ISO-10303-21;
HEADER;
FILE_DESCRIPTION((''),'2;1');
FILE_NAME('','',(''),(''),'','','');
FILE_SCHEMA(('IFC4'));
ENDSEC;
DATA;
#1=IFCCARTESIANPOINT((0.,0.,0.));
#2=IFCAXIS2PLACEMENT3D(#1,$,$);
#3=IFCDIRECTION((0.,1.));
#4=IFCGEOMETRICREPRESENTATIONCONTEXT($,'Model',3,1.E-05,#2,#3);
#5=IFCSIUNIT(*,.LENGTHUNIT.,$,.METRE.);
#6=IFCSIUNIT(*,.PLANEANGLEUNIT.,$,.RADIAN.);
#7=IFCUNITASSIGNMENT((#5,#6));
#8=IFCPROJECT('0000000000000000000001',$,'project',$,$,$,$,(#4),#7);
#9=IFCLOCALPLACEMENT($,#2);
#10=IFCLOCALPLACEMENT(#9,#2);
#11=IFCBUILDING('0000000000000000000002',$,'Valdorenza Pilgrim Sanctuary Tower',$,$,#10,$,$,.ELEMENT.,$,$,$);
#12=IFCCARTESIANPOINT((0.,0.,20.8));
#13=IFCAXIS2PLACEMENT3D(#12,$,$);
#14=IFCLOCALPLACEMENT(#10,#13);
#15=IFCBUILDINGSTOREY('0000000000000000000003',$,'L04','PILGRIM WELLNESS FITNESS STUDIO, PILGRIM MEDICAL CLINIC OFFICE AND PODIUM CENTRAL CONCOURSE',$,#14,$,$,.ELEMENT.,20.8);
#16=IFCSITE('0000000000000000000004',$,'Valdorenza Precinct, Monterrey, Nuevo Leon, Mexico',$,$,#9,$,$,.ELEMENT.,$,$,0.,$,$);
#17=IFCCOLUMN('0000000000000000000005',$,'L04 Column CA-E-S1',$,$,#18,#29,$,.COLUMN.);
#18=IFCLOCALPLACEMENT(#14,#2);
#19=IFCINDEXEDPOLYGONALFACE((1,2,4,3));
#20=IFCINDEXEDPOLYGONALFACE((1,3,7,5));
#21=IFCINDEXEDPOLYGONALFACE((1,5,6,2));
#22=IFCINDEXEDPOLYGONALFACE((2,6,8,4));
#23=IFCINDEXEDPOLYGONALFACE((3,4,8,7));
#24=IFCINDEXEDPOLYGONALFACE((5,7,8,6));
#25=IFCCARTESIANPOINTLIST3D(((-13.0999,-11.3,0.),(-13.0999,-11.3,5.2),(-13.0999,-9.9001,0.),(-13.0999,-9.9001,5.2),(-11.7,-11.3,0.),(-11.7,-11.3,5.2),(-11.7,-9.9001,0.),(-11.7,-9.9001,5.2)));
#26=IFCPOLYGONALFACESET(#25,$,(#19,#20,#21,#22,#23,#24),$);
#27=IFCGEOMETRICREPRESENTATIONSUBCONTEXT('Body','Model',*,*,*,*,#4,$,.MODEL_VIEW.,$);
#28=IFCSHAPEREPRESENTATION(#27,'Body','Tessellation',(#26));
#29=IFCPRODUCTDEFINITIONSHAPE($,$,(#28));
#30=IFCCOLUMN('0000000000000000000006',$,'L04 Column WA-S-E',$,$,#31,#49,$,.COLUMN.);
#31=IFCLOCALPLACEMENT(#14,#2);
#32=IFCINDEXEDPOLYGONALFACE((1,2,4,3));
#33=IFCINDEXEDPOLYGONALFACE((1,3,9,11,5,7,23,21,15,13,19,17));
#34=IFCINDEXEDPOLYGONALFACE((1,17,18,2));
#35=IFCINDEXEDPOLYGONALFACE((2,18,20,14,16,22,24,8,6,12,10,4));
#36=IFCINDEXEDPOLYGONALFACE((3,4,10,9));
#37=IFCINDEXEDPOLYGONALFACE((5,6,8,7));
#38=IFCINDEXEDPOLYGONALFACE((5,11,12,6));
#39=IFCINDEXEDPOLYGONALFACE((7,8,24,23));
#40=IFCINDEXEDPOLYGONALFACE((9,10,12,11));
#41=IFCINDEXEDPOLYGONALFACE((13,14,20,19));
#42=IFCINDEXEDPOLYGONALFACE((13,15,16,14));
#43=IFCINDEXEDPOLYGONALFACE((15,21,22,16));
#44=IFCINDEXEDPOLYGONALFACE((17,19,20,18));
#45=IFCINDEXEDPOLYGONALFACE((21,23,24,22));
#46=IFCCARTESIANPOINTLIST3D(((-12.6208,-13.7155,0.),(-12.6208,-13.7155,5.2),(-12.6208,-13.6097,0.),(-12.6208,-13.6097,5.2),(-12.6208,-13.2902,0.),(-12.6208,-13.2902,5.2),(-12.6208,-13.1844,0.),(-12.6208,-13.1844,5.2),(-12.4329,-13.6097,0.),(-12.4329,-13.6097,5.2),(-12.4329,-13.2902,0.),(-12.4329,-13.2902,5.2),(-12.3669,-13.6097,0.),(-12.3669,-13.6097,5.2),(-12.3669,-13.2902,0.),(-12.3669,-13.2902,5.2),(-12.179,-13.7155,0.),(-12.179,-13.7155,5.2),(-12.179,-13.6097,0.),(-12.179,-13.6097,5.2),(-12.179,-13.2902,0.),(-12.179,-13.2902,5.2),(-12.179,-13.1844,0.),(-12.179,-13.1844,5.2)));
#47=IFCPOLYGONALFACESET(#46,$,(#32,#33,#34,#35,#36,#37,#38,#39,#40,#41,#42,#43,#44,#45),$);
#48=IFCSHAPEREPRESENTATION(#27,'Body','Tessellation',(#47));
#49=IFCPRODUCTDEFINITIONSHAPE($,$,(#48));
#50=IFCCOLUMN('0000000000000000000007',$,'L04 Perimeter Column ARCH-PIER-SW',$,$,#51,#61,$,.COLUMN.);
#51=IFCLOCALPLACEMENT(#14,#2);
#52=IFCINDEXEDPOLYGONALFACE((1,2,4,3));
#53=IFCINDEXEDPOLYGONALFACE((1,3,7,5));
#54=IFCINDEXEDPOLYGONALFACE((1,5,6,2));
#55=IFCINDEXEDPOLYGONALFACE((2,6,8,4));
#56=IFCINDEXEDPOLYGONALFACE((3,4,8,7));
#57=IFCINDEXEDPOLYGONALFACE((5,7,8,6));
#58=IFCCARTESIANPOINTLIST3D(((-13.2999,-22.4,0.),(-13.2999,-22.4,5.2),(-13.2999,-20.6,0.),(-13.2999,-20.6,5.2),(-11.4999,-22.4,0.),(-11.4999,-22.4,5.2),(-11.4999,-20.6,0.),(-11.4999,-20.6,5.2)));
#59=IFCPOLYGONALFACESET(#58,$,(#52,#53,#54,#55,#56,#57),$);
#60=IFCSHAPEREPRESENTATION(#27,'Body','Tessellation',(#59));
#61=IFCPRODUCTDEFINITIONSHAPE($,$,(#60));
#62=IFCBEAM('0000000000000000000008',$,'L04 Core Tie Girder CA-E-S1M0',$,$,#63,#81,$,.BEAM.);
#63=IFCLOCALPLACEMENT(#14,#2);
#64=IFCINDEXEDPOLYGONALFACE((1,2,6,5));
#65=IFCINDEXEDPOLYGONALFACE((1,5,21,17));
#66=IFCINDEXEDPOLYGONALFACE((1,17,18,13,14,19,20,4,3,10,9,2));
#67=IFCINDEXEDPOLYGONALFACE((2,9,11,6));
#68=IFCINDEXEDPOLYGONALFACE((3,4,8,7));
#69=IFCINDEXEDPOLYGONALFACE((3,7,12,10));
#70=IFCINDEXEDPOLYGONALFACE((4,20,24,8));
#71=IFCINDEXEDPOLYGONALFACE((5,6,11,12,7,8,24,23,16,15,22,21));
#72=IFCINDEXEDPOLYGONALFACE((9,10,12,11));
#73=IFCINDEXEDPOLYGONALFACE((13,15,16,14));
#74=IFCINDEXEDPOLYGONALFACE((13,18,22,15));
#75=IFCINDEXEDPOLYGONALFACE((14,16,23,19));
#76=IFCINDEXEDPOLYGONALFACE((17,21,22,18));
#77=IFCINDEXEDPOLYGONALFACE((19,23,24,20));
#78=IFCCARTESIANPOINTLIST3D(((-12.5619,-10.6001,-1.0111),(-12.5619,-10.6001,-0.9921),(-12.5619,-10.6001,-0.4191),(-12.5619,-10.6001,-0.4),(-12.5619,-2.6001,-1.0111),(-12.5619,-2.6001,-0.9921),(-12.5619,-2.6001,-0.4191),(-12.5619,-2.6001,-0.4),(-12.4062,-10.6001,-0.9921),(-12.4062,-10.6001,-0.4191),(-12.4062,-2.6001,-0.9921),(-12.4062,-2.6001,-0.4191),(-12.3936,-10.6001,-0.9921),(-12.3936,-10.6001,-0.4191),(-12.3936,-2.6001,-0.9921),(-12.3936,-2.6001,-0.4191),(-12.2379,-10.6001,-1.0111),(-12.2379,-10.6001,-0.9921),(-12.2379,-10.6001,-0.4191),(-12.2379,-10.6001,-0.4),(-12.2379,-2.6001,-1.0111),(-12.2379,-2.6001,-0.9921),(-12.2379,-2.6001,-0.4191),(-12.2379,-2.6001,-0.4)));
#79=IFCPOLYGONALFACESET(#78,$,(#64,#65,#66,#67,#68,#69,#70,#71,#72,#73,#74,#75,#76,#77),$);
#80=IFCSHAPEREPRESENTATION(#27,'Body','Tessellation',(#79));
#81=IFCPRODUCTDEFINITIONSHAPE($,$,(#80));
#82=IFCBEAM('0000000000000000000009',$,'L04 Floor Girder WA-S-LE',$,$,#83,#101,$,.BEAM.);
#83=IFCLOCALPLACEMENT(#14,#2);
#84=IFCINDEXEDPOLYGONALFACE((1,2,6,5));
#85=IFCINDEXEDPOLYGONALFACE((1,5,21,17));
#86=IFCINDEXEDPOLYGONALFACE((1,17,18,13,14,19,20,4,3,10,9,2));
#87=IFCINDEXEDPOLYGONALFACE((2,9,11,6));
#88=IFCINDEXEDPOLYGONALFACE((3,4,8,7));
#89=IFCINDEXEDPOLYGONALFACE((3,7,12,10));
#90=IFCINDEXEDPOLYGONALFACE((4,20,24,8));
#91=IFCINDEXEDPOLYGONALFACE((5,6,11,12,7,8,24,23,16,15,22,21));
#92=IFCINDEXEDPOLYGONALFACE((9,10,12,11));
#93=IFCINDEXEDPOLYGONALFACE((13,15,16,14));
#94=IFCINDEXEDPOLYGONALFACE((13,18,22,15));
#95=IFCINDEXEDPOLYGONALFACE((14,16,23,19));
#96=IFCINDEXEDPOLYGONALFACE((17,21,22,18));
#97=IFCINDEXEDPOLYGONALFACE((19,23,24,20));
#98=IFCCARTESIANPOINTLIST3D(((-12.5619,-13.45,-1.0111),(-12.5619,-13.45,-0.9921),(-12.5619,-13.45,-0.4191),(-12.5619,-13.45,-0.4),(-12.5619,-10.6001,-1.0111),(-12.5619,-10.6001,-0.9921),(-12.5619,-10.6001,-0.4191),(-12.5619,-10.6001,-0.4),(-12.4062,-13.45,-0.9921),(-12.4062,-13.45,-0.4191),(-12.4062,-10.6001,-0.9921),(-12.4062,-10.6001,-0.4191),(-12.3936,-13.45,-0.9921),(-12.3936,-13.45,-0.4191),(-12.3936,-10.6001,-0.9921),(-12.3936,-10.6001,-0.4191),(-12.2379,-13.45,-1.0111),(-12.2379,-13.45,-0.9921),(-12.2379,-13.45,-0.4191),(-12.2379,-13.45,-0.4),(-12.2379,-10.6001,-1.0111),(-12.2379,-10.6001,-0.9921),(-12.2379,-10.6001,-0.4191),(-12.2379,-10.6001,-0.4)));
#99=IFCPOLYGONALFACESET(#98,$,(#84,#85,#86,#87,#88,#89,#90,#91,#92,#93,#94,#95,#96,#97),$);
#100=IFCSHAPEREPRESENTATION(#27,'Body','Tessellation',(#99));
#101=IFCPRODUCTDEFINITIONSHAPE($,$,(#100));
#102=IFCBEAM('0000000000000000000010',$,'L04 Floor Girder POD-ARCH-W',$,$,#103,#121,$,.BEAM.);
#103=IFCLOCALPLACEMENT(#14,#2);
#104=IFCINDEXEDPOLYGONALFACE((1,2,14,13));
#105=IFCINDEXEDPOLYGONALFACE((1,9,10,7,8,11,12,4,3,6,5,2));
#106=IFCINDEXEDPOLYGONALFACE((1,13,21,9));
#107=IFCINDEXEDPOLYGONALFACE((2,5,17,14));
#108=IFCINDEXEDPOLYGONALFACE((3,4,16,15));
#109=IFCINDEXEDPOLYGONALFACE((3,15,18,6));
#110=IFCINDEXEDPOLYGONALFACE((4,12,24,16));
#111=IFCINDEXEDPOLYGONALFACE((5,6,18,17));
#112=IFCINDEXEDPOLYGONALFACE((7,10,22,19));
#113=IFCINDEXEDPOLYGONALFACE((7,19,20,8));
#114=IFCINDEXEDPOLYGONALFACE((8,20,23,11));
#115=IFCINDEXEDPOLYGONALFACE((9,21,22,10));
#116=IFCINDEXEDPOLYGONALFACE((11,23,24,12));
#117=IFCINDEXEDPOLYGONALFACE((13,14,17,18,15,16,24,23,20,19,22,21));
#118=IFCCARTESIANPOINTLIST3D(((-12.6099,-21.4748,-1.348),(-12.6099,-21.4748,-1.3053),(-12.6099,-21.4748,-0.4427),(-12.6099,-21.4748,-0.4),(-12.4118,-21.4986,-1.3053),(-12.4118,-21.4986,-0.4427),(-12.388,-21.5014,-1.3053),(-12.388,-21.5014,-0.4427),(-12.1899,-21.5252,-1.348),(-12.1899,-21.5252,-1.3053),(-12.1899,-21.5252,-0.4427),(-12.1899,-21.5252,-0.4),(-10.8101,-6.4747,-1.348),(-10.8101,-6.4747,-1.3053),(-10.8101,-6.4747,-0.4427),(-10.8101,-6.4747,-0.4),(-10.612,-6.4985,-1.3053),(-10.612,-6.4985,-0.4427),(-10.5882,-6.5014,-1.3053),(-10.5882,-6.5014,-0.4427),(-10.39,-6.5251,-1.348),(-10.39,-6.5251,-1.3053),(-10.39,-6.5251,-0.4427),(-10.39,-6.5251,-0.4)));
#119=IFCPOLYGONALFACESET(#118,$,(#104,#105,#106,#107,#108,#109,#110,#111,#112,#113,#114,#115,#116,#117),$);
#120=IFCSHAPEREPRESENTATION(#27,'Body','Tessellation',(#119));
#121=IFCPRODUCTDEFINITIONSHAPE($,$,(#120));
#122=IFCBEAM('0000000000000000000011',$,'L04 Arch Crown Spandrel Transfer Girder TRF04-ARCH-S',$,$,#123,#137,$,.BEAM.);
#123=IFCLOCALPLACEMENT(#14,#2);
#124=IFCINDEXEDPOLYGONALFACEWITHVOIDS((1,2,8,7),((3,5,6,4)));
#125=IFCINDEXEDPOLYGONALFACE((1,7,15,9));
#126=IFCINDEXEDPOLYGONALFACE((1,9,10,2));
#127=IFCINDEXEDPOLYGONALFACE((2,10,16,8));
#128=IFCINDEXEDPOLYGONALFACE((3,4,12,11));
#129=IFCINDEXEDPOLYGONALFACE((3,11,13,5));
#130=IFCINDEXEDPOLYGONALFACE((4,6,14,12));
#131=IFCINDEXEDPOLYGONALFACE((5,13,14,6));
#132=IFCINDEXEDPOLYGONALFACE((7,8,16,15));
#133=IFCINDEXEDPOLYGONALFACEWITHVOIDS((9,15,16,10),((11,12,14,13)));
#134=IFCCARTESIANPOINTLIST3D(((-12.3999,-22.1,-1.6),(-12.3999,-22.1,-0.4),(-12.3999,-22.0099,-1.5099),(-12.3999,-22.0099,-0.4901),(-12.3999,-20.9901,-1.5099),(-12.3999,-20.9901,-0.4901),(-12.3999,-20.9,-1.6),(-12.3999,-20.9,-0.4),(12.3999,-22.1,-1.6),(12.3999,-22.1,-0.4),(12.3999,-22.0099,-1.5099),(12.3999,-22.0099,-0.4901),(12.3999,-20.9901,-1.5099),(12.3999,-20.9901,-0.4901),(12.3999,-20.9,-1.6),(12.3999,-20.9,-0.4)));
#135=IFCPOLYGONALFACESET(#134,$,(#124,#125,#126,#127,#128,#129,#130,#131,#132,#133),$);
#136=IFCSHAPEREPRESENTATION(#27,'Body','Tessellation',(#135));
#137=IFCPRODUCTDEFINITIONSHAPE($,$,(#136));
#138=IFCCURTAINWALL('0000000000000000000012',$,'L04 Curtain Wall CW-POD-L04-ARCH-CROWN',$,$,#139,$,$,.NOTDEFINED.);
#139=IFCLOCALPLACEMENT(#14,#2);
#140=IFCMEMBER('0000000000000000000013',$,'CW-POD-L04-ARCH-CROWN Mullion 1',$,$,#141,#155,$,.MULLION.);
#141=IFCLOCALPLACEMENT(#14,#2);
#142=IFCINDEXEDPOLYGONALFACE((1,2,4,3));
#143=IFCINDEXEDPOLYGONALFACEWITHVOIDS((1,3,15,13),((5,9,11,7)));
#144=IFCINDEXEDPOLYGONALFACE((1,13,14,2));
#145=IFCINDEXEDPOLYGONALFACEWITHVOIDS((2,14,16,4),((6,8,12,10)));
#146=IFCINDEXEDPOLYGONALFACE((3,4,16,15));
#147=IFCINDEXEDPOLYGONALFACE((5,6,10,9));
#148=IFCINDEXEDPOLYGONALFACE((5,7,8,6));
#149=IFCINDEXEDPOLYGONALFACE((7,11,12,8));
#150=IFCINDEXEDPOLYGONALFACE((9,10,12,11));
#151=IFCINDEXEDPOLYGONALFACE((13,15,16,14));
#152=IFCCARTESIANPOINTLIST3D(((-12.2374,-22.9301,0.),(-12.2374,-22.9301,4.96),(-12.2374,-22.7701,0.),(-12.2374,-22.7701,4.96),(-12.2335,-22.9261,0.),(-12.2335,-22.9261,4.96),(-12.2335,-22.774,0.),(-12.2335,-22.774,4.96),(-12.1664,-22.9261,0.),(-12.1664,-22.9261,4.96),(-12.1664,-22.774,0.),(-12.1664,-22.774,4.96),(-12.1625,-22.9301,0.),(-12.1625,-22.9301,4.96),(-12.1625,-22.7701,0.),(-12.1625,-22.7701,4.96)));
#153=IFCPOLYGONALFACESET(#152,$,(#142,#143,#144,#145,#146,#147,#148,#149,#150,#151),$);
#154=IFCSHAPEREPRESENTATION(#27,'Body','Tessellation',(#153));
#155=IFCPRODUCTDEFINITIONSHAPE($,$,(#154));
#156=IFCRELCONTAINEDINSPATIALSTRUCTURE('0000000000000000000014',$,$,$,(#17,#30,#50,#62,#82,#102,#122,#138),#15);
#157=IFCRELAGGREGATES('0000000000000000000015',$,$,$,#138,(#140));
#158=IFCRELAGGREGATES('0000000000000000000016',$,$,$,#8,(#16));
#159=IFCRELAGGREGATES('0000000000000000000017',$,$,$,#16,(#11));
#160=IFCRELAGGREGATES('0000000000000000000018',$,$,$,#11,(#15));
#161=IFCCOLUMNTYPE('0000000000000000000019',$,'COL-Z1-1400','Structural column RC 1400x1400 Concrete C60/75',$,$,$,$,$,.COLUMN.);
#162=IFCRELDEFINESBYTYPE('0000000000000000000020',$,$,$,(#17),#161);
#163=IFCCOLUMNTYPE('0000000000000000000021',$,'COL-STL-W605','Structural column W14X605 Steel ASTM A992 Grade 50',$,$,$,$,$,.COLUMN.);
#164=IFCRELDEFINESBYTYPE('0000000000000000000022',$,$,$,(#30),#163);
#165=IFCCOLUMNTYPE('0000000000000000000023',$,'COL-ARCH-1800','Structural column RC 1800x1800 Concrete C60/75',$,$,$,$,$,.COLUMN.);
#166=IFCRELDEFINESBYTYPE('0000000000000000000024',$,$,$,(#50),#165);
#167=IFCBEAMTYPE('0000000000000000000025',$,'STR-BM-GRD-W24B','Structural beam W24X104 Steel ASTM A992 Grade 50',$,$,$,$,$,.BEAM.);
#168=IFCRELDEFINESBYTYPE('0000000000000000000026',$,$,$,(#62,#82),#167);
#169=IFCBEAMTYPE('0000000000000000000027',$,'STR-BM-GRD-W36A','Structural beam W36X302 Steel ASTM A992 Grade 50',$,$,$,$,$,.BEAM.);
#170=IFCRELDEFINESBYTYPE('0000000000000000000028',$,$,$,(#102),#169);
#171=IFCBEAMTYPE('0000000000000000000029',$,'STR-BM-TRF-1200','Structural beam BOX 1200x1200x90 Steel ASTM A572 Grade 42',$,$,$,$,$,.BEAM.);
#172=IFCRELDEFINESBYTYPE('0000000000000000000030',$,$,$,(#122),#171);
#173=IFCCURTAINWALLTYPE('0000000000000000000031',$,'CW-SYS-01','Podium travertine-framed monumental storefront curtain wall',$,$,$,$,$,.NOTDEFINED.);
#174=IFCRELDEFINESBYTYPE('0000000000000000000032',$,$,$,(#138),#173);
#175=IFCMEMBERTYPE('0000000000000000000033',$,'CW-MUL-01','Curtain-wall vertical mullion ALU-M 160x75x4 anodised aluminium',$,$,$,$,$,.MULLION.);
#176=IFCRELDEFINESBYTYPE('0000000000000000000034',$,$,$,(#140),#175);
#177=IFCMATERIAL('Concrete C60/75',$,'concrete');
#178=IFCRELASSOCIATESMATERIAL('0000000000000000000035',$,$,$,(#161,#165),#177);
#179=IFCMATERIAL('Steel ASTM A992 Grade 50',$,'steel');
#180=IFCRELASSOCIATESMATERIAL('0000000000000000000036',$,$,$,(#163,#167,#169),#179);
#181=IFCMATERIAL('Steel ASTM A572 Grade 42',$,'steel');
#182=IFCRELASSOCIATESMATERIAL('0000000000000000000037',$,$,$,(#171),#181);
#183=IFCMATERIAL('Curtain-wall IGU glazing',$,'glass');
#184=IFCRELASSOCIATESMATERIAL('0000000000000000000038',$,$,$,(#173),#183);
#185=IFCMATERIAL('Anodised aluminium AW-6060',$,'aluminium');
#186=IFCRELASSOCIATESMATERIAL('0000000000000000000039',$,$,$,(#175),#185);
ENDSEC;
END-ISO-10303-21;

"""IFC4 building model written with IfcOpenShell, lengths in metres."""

from ifc_helpers import new_model, si_unit, direction, frame, origin, origin_2d, place, context, subcontext, project, spatial, rectangle, hollow_rectangle, i_section, extrude, source, transform, mapped, material, material_profile, profile_set, type_object, element, aggregate, save


model = new_model("IFC4")

# Units and contexts
model_context = context("Model", 3, precision=1e-05, world=origin(), true_north=direction((0.0, 1.0)))
body_context = subcontext(model_context, "Body", "Model", "MODEL_VIEW")
ifc_project = project(units=[si_unit("LENGTHUNIT", "METRE"), si_unit("PLANEANGLEUNIT", "RADIAN")], contexts=[model_context])

# Site, building, storey
site_placement = place(None, origin())
site = spatial("IfcSite", under=ifc_project, at=site_placement, Name="Valdorenza Precinct, Monterrey, Nuevo Leon, Mexico", CompositionType="ELEMENT", RefElevation=0.0)
building_placement = place(site_placement, origin())
building = spatial("IfcBuilding", under=site, at=building_placement, Name="Valdorenza Pilgrim Sanctuary Tower", CompositionType="ELEMENT")
storey_placement = place(building_placement, frame((0.0, 0.0, 20.8)))
storey = spatial("IfcBuildingStorey", under=building, at=storey_placement, Name="L04", Description="PILGRIM WELLNESS FITNESS STUDIO, PILGRIM MEDICAL CLINIC OFFICE AND PODIUM CENTRAL CONCOURSE", CompositionType="ELEMENT", Elevation=20.8)

# Columns
ifc_material_1 = material(Name="Concrete C60/75", Category="concrete")
ifc_material_profile_1 = material_profile(ifc_material_1, rectangle(XDim=1.3999, YDim=1.3999, at=origin_2d()), Name="RC 1400x1400")
ifc_profile_set_1 = profile_set([ifc_material_profile_1], Name="Concrete C60/75")
column_type_1 = type_object("IfcColumnType", Name="COL-Z1-1400", Description="Structural column RC 1400x1400 Concrete C60/75", PredefinedType="COLUMN", material=ifc_profile_set_1)
shared_shape_1 = source(origin(), body_context, "Body", "SweptSolid", [
    extrude(rectangle(XDim=1.3999, YDim=1.3999, at=origin_2d()), origin(), (0.0, 0.0, 1.0), 5.2),
])
column_1_placement = place(storey_placement, frame((-12.3999, -10.6001, 0.0), z_axis=(0.0, 0.0, 1.0), x_axis=(1.0, 0.0, 0.0)))
element("IfcColumn", 1, at=column_1_placement, inside=storey, type_object=column_type_1, Name="L04 Column CA-E-S1", PredefinedType="COLUMN", context=body_context, shape_type="MappedRepresentation", body=[
    mapped(shared_shape_1, transform((0.0, 0.0, 0.0), x_axis=(1.0, 0.0, 0.0), y_axis=(0.0, 1.0, 0.0), z_axis=(0.0, 0.0, 1.0), scale=1.0)),
])
ifc_material_2 = material(Name="Steel ASTM A992 Grade 50", Category="steel")
ifc_material_profile_2 = material_profile(ifc_material_2, i_section(OverallWidth=0.4419, OverallDepth=0.531, WebThickness=0.0659, FlangeThickness=0.1057, at=origin_2d()), Name="W14X605")
ifc_profile_set_2 = profile_set([ifc_material_profile_2], Name="Steel ASTM A992 Grade 50")
column_type_2 = type_object("IfcColumnType", Name="COL-STL-W605", Description="Structural column W14X605 Steel ASTM A992 Grade 50", PredefinedType="COLUMN", material=ifc_profile_set_2)
shared_shape_2 = source(origin(), body_context, "Body", "SweptSolid", [
    extrude(i_section(OverallWidth=0.4419, OverallDepth=0.531, WebThickness=0.0659, FlangeThickness=0.1057, at=origin_2d()), origin(), (0.0, 0.0, 1.0), 5.2),
])
column_2_placement = place(storey_placement, frame((-12.3999, -13.45, 0.0), z_axis=(0.0, 0.0, 1.0), x_axis=(1.0, 0.0, 0.0)))
element("IfcColumn", 2, at=column_2_placement, inside=storey, type_object=column_type_2, Name="L04 Column WA-S-E", PredefinedType="COLUMN", context=body_context, shape_type="MappedRepresentation", body=[
    mapped(shared_shape_2, transform((0.0, 0.0, 0.0), x_axis=(1.0, 0.0, 0.0), y_axis=(0.0, 1.0, 0.0), z_axis=(0.0, 0.0, 1.0), scale=1.0)),
])
ifc_material_profile_3 = material_profile(ifc_material_1, rectangle(XDim=1.8, YDim=1.8, at=origin_2d()), Name="RC 1800x1800")
ifc_profile_set_3 = profile_set([ifc_material_profile_3], Name="Concrete C60/75")
column_type_3 = type_object("IfcColumnType", Name="COL-ARCH-1800", Description="Structural column RC 1800x1800 Concrete C60/75", PredefinedType="COLUMN", material=ifc_profile_set_3)
shared_shape_3 = source(origin(), body_context, "Body", "SweptSolid", [
    extrude(rectangle(XDim=1.8, YDim=1.8, at=origin_2d()), origin(), (0.0, 0.0, 1.0), 5.2),
])
column_3_placement = place(storey_placement, frame((-12.3999, -21.5, 0.0), z_axis=(0.0, 0.0, 1.0), x_axis=(1.0, 0.0, 0.0)))
element("IfcColumn", 3, at=column_3_placement, inside=storey, type_object=column_type_3, Name="L04 Perimeter Column ARCH-PIER-SW", PredefinedType="COLUMN", context=body_context, shape_type="MappedRepresentation", body=[
    mapped(shared_shape_3, transform((0.0, 0.0, 0.0), x_axis=(1.0, 0.0, 0.0), y_axis=(0.0, 1.0, 0.0), z_axis=(0.0, 0.0, 1.0), scale=1.0)),
])

# Beams
ifc_material_profile_4 = material_profile(ifc_material_2, i_section(OverallWidth=0.324, OverallDepth=0.6111, WebThickness=0.0127, FlangeThickness=0.019, at=origin_2d()), Name="W24X104")
ifc_profile_set_4 = profile_set([ifc_material_profile_4], Name="Steel ASTM A992 Grade 50")
beam_type_1 = type_object("IfcBeamType", Name="STR-BM-GRD-W24B", Description="Structural beam W24X104 Steel ASTM A992 Grade 50", PredefinedType="BEAM", material=ifc_profile_set_4)
shared_shape_4 = source(origin(), body_context, "Body", "SweptSolid", [
    extrude(i_section(OverallWidth=0.324, OverallDepth=0.6111, WebThickness=0.0127, FlangeThickness=0.019, at=origin_2d()), origin(), (0.0, 0.0, 1.0), 8.0),
])
beam_1_placement = place(storey_placement, frame((-12.3999, -10.6001, -0.7056), z_axis=(0.0, 1.0, 0.0), x_axis=(-1.0, 0.0, 0.0)))
element("IfcBeam", 4, at=beam_1_placement, inside=storey, type_object=beam_type_1, Name="L04 Core Tie Girder CA-E-S1M0", PredefinedType="BEAM", context=body_context, shape_type="MappedRepresentation", body=[
    mapped(shared_shape_4, transform((0.0, 0.0, 0.0), x_axis=(1.0, 0.0, 0.0), y_axis=(0.0, 1.0, 0.0), z_axis=(0.0, 0.0, 1.0), scale=1.0)),
])
shared_shape_5 = source(origin(), body_context, "Body", "SweptSolid", [
    extrude(i_section(OverallWidth=0.324, OverallDepth=0.6111, WebThickness=0.0127, FlangeThickness=0.019, at=origin_2d()), origin(), (0.0, 0.0, 1.0), 2.8499),
])
beam_2_placement = place(storey_placement, frame((-12.3999, -13.45, -0.7056), z_axis=(0.0, 1.0, 0.0), x_axis=(-1.0, 0.0, 0.0)))
element("IfcBeam", 5, at=beam_2_placement, inside=storey, type_object=beam_type_1, Name="L04 Floor Girder WA-S-LE", PredefinedType="BEAM", context=body_context, shape_type="MappedRepresentation", body=[
    mapped(shared_shape_5, transform((0.0, 0.0, 0.0), x_axis=(1.0, 0.0, 0.0), y_axis=(0.0, 1.0, 0.0), z_axis=(0.0, 0.0, 1.0), scale=1.0)),
])
ifc_material_profile_5 = material_profile(ifc_material_2, i_section(OverallWidth=0.4231, OverallDepth=0.948, WebThickness=0.0239, FlangeThickness=0.0427, at=origin_2d()), Name="W36X302")
ifc_profile_set_5 = profile_set([ifc_material_profile_5], Name="Steel ASTM A992 Grade 50")
beam_type_2 = type_object("IfcBeamType", Name="STR-BM-GRD-W36A", Description="Structural beam W36X302 Steel ASTM A992 Grade 50", PredefinedType="BEAM", material=ifc_profile_set_5)
shared_shape_6 = source(origin(), body_context, "Body", "SweptSolid", [
    extrude(i_section(OverallWidth=0.4231, OverallDepth=0.948, WebThickness=0.0239, FlangeThickness=0.0427, at=origin_2d()), origin(), (0.0, 0.0, 1.0), 15.1077),
])
beam_3_placement = place(storey_placement, frame((-12.3999, -21.5, -0.874), z_axis=(0.119132, 0.992878, 0.0), x_axis=(-0.992878, 0.119132, 0.0)))
element("IfcBeam", 6, at=beam_3_placement, inside=storey, type_object=beam_type_2, Name="L04 Floor Girder POD-ARCH-W", PredefinedType="BEAM", context=body_context, shape_type="MappedRepresentation", body=[
    mapped(shared_shape_6, transform((0.0, 0.0, 0.0), x_axis=(1.0, 0.0, 0.0), y_axis=(0.0, 1.0, 0.0), z_axis=(0.0, 0.0, 1.0), scale=1.0)),
])
ifc_material_3 = material(Name="Steel ASTM A572 Grade 42", Category="steel")
ifc_material_profile_6 = material_profile(ifc_material_3, hollow_rectangle(XDim=1.2, YDim=1.2, WallThickness=0.0901, at=origin_2d()), Name="BOX 1200x1200x90")
ifc_profile_set_6 = profile_set([ifc_material_profile_6], Name="Steel ASTM A572 Grade 42")
beam_type_3 = type_object("IfcBeamType", Name="STR-BM-TRF-1200", Description="Structural beam BOX 1200x1200x90 Steel ASTM A572 Grade 42", PredefinedType="BEAM", material=ifc_profile_set_6)
shared_shape_7 = source(origin(), body_context, "Body", "SweptSolid", [
    extrude(hollow_rectangle(XDim=1.2, YDim=1.2, WallThickness=0.0901, at=origin_2d()), origin(), (0.0, 0.0, 1.0), 24.7998),
])
beam_4_placement = place(storey_placement, frame((-12.3999, -21.5, -1.0), z_axis=(1.0, 0.0, 0.0), x_axis=(0.0, 1.0, 0.0)))
element("IfcBeam", 7, at=beam_4_placement, inside=storey, type_object=beam_type_3, Name="L04 Arch Crown Spandrel Transfer Girder TRF04-ARCH-S", PredefinedType="BEAM", context=body_context, shape_type="MappedRepresentation", body=[
    mapped(shared_shape_7, transform((0.0, 0.0, 0.0), x_axis=(1.0, 0.0, 0.0), y_axis=(0.0, 1.0, 0.0), z_axis=(0.0, 0.0, 1.0), scale=1.0)),
])

# Curtain wall, member
ifc_material_4 = material(Name="Curtain-wall IGU glazing", Category="glass")
curtain_wall_type = type_object("IfcCurtainWallType", Name="CW-SYS-01", Description="Podium travertine-framed monumental storefront curtain wall", PredefinedType="NOTDEFINED", material=ifc_material_4)
curtain_wall_placement = place(storey_placement, origin())
curtain_wall = element("IfcCurtainWall", 8, at=curtain_wall_placement, inside=storey, type_object=curtain_wall_type, Name="L04 Curtain Wall CW-POD-L04-ARCH-CROWN", PredefinedType="NOTDEFINED")
ifc_material_5 = material(Name="Anodised aluminium AW-6060", Category="aluminium")
ifc_material_profile_7 = material_profile(ifc_material_5, hollow_rectangle(XDim=0.075, YDim=0.1599, WallThickness=0.0039, at=origin_2d()), Name="ALU-M 160x75x4")
ifc_profile_set_7 = profile_set([ifc_material_profile_7], Name="Anodised aluminium AW-6060")
member_type_1 = type_object("IfcMemberType", Name="CW-MUL-01", Description="Curtain-wall vertical mullion ALU-M 160x75x4 anodised aluminium", PredefinedType="MULLION", material=ifc_profile_set_7)
shared_shape_8 = source(origin(), body_context, "Body", "SweptSolid", [
    extrude(hollow_rectangle(XDim=0.075, YDim=0.1599, WallThickness=0.0039, at=origin_2d()), origin(), (0.0, 0.0, 1.0), 4.96),
])
member_1_placement = place(storey_placement, frame((-12.2, -22.8501, 0.0), z_axis=(0.0, 0.0, 1.0), x_axis=(1.0, 0.0, 0.0)))
member_1 = element("IfcMember", 9, at=member_1_placement, type_object=member_type_1, Name="CW-POD-L04-ARCH-CROWN Mullion 1", PredefinedType="MULLION", context=body_context, shape_type="MappedRepresentation", body=[
    mapped(shared_shape_8, transform((0.0, 0.0, 0.0), x_axis=(1.0, 0.0, 0.0), y_axis=(0.0, 1.0, 0.0), z_axis=(0.0, 0.0, 1.0), scale=1.0)),
])
aggregate(curtain_wall, [member_1])

save(model, "model.ifc")
